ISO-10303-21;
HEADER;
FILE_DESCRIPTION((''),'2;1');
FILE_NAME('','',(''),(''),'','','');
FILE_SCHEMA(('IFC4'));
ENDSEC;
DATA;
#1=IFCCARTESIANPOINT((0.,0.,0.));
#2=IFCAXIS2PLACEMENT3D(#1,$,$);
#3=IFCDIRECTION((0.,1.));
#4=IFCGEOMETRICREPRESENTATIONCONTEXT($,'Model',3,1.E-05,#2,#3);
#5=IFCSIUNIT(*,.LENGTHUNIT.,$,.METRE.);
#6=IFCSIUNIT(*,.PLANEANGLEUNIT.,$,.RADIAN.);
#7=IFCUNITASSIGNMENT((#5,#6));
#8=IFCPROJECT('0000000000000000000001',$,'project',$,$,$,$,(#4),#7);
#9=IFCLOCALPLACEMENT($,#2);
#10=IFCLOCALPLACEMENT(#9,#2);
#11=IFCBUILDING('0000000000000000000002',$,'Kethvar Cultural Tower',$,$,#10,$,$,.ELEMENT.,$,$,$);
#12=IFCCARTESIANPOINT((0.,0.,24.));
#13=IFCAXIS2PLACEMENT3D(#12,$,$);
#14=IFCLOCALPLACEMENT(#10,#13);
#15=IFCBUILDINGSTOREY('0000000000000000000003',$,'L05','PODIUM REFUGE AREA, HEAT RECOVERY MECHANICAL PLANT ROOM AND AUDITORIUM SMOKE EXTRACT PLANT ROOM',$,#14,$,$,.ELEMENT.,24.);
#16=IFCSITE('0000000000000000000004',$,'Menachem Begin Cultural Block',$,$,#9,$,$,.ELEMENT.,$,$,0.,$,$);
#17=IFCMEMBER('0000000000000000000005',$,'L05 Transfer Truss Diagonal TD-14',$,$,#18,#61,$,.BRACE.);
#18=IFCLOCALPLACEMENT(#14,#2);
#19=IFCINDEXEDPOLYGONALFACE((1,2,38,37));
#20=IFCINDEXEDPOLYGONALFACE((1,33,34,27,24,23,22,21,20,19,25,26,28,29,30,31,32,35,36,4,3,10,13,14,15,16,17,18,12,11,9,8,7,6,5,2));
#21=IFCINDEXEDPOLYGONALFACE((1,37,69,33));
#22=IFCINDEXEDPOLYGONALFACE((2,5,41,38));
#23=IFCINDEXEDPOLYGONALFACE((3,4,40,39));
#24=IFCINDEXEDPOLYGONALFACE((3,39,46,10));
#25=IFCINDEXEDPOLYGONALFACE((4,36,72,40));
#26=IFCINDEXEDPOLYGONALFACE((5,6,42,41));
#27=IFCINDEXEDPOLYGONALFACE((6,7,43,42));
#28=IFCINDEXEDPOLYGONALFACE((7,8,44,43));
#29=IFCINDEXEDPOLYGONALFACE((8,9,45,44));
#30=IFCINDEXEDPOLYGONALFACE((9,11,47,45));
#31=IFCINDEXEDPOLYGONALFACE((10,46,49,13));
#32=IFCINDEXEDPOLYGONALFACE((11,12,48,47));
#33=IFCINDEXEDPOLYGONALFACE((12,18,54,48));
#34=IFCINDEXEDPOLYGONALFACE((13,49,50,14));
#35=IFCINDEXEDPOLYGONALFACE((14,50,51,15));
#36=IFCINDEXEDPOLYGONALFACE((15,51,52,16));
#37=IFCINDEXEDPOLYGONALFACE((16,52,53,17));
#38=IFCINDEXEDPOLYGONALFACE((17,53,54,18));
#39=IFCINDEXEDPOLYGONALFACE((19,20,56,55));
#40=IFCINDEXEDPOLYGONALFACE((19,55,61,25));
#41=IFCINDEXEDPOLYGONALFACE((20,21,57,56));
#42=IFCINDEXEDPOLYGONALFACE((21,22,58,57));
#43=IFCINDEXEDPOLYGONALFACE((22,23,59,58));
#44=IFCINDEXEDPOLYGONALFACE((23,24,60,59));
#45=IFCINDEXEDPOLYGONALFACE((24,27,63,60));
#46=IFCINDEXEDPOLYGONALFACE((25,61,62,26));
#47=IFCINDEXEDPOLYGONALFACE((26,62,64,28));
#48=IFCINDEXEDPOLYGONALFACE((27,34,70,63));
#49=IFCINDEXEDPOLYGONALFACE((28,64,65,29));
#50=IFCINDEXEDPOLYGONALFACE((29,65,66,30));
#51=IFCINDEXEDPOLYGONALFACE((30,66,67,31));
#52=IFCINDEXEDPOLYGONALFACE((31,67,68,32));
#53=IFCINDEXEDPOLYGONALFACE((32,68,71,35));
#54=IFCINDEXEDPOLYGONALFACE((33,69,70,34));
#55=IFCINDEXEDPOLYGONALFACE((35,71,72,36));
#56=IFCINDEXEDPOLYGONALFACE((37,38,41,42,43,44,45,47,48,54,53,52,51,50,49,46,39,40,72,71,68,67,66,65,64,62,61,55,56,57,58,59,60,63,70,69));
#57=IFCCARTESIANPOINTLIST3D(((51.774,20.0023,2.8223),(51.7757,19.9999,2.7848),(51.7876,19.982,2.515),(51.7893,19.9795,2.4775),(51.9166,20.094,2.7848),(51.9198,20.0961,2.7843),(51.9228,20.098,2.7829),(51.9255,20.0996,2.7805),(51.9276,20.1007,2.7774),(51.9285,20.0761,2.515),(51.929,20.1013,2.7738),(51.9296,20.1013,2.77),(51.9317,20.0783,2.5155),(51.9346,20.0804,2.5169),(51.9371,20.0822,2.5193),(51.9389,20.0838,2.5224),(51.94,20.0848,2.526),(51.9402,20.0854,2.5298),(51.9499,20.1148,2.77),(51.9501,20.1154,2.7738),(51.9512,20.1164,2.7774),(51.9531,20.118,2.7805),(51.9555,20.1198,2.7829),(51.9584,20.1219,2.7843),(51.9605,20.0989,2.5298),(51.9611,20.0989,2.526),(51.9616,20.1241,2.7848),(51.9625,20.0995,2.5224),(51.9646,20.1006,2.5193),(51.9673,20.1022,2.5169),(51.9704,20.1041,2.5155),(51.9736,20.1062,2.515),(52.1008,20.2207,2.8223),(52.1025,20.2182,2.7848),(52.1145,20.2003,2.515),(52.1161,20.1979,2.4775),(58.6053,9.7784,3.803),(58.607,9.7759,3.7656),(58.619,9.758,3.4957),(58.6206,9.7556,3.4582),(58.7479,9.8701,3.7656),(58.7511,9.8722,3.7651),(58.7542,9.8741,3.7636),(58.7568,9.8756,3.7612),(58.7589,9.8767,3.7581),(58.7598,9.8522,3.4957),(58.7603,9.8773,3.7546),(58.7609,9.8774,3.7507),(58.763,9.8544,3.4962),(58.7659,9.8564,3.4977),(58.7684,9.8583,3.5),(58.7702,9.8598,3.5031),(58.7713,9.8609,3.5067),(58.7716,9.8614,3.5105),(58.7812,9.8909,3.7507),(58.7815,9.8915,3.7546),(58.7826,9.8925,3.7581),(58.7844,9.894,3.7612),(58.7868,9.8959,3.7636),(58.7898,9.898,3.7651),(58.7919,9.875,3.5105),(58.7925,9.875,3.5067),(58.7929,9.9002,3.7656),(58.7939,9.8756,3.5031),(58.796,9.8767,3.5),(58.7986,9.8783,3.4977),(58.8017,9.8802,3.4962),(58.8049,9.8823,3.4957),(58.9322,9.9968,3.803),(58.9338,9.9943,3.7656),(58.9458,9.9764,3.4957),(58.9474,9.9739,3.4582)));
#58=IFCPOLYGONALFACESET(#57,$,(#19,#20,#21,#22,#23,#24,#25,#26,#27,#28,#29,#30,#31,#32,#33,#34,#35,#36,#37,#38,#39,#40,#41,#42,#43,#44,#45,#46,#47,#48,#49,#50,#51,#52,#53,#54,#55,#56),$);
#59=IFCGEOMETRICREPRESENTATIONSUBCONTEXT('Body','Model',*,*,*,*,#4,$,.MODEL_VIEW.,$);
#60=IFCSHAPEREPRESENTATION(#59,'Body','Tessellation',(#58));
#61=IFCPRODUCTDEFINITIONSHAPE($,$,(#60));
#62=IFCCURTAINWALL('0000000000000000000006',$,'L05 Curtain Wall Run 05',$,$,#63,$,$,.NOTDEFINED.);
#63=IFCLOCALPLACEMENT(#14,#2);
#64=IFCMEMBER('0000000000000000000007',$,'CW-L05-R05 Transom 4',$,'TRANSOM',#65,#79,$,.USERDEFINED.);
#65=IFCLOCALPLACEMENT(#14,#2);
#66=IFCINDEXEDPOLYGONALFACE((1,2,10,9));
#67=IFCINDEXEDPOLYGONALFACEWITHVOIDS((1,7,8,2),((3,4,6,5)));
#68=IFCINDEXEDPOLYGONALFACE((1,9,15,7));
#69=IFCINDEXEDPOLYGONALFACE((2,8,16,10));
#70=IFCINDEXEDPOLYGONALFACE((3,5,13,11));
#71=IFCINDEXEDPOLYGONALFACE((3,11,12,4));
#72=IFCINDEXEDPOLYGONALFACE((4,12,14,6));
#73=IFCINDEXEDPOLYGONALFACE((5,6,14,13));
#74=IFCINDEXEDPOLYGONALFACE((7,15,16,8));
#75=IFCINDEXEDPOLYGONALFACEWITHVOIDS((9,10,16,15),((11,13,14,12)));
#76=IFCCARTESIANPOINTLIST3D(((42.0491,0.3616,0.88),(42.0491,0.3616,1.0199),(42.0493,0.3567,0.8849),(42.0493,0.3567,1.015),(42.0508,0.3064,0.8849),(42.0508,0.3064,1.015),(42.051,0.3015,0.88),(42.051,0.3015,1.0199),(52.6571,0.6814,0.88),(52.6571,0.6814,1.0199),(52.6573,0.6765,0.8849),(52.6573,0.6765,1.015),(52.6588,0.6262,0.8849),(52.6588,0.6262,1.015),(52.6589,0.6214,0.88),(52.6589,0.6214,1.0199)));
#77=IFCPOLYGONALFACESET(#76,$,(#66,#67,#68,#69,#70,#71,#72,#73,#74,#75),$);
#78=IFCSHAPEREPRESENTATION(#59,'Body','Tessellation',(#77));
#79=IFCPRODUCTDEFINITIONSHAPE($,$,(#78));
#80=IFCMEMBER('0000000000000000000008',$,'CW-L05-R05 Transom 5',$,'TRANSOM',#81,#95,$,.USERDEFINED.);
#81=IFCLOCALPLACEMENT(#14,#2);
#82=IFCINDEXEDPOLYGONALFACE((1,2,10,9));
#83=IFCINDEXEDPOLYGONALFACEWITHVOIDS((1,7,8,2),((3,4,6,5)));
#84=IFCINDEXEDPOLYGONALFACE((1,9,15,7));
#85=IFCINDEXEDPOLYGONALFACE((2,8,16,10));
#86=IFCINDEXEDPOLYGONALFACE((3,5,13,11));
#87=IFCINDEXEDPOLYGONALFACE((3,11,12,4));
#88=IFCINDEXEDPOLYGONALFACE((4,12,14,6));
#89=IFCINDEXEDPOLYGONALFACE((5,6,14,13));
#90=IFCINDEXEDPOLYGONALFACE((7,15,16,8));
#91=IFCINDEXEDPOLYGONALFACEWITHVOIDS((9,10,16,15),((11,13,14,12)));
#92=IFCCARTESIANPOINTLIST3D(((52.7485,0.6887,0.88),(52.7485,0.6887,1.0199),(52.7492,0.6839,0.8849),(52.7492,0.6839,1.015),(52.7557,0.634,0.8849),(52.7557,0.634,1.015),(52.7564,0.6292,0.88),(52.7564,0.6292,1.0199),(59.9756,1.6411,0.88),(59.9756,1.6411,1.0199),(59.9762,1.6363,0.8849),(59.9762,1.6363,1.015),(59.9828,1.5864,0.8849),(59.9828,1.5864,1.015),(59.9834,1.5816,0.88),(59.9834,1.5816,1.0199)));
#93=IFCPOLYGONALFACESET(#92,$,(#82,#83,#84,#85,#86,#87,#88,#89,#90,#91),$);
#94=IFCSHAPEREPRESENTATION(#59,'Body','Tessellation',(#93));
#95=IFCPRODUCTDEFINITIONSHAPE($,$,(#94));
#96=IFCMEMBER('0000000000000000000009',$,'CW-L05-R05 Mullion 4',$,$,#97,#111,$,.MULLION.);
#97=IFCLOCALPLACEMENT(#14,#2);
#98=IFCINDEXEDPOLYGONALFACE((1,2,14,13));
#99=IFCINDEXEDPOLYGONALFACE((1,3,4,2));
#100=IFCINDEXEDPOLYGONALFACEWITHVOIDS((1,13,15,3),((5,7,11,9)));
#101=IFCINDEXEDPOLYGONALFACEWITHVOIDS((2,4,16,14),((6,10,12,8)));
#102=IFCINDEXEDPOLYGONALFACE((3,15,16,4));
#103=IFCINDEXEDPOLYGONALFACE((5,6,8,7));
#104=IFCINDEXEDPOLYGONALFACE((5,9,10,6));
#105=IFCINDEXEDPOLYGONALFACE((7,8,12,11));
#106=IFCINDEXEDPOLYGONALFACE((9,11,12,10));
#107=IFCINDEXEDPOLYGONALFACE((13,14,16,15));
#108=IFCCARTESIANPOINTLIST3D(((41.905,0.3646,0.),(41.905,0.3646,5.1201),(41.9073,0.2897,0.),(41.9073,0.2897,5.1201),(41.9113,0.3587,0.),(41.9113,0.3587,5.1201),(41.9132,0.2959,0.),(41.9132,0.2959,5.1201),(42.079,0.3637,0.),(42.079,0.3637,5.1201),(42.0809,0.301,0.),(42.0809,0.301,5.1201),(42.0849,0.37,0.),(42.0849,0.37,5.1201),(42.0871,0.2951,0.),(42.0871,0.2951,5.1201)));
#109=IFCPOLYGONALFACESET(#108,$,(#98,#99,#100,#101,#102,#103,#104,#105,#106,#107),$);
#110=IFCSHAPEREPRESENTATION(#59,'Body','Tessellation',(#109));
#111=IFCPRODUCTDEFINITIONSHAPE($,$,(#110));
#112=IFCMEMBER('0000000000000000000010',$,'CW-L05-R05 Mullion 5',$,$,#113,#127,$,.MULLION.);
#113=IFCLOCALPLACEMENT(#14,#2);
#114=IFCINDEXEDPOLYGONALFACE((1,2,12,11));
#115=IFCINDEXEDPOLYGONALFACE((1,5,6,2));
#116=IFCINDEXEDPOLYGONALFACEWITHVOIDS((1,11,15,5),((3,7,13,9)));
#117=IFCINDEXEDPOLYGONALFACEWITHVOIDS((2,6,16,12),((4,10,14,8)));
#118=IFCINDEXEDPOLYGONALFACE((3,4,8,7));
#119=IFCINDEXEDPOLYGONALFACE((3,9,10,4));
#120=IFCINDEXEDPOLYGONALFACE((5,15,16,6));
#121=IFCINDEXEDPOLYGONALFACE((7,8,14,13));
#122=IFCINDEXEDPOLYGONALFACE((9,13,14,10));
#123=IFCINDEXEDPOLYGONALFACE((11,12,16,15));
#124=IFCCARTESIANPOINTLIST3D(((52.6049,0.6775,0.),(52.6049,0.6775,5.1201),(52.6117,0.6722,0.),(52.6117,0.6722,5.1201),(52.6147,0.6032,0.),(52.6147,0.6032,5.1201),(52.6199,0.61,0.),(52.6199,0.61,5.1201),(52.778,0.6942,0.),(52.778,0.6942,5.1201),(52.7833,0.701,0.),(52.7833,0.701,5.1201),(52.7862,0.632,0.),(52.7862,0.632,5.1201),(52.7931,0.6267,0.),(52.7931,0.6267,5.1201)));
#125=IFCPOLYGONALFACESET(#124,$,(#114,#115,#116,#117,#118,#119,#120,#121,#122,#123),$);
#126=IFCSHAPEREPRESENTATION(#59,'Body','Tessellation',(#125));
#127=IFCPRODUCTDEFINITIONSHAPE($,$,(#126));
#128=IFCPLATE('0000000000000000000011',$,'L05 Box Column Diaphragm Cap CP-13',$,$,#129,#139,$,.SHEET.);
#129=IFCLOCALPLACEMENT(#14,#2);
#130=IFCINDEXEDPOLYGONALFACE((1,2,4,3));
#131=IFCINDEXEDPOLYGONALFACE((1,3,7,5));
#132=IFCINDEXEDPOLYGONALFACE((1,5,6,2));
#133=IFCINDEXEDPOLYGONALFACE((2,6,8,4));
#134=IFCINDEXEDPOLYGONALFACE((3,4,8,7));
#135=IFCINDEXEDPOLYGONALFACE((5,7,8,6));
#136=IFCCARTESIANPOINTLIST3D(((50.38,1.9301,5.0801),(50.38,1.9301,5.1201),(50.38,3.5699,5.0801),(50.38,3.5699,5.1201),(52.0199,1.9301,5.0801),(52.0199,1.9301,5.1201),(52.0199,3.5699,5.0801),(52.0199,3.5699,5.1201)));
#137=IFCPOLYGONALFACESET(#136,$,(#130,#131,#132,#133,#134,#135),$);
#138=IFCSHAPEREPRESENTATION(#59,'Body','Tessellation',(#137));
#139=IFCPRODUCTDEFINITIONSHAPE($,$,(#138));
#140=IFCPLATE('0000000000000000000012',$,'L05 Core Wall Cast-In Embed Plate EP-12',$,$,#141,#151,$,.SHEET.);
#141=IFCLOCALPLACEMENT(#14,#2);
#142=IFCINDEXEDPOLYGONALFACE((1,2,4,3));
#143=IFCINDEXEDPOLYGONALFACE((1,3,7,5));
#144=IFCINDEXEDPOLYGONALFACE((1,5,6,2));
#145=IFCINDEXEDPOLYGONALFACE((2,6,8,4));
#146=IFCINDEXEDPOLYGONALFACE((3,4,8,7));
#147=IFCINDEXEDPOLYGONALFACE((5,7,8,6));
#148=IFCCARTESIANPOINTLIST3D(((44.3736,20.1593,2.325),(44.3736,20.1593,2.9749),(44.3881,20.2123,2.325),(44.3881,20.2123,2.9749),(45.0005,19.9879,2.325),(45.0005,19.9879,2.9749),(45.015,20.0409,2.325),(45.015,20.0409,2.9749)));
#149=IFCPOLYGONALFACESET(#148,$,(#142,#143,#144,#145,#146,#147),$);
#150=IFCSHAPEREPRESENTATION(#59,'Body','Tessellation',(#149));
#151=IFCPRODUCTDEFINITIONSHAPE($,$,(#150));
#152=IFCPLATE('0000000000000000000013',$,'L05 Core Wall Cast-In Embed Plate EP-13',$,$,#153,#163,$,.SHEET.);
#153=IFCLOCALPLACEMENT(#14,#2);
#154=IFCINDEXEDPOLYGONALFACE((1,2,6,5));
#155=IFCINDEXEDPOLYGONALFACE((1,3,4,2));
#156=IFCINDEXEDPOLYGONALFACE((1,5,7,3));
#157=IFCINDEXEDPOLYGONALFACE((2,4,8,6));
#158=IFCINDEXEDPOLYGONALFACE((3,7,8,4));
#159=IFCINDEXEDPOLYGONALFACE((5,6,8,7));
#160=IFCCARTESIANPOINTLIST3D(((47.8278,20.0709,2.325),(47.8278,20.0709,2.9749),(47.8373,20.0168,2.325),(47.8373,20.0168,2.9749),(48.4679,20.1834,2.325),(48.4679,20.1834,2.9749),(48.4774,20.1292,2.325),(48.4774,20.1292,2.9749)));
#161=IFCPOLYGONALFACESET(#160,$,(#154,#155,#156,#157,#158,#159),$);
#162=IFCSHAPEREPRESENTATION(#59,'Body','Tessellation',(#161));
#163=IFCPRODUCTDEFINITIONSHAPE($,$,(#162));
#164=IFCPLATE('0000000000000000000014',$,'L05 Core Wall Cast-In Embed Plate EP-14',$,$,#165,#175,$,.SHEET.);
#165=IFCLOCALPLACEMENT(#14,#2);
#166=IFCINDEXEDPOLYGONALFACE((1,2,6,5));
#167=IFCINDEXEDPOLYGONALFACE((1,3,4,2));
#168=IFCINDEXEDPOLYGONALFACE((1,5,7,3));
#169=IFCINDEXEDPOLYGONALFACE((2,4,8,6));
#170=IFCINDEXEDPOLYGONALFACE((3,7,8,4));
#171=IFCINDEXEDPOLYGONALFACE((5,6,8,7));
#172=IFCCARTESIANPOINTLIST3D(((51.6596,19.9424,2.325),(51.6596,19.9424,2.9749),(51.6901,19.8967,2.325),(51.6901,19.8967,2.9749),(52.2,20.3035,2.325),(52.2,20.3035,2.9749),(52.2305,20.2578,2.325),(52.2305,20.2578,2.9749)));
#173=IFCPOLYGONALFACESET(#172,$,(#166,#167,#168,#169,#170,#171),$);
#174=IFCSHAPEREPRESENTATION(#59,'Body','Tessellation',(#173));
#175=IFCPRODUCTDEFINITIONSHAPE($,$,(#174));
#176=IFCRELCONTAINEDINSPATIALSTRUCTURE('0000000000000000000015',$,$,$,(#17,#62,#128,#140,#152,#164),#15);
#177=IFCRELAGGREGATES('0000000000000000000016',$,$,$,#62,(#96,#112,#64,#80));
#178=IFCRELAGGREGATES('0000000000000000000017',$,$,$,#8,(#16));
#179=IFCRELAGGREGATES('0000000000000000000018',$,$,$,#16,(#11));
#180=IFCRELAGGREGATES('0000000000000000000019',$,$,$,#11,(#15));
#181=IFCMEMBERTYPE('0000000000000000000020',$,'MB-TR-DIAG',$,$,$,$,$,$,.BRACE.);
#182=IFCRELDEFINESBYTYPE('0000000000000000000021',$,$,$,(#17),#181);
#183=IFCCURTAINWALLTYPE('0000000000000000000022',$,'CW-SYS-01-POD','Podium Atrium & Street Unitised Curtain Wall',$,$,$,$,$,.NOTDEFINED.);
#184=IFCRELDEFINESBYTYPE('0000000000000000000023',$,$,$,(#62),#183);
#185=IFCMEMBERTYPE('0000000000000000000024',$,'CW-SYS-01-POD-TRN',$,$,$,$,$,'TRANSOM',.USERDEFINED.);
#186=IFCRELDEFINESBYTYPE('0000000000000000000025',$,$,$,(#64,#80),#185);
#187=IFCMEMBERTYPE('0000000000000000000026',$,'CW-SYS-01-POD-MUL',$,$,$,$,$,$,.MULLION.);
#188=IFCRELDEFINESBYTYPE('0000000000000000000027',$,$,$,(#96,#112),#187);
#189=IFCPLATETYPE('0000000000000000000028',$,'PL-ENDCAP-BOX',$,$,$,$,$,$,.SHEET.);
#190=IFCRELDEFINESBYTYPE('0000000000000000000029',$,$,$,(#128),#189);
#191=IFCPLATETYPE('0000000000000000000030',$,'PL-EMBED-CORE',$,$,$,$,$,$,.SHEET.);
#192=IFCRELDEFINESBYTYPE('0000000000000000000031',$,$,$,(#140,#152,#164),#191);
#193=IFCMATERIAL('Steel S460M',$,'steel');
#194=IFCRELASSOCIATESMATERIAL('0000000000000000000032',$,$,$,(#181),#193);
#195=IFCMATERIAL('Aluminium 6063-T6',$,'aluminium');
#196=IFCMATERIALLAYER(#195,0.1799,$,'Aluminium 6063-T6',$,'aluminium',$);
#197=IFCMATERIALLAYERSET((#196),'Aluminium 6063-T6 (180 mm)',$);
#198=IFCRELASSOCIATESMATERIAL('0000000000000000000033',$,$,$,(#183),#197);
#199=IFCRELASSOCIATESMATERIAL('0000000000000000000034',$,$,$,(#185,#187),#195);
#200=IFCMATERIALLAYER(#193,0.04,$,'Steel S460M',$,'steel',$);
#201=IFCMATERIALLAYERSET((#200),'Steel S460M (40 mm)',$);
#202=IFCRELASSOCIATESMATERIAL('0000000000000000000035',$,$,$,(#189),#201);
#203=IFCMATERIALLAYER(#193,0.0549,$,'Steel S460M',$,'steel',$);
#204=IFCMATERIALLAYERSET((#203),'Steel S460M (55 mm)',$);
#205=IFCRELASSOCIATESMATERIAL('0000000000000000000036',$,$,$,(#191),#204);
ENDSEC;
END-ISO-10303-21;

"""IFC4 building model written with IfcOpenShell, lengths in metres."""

from ifc_helpers import new_model, si_unit, direction, frame, origin, origin_2d, place, context, subcontext, project, spatial, rectangle, hollow_rectangle, i_section, extrude, source, transform, mapped, material, layer, layer_set, material_profile, profile_set, type_object, element, aggregate, save


model = new_model("IFC4")

# Units and contexts
model_context = context("Model", 3, precision=1e-05, world=origin(), true_north=direction((0.0, 1.0)))
body_context = subcontext(model_context, "Body", "Model", "MODEL_VIEW")
ifc_project = project(units=[si_unit("LENGTHUNIT", "METRE"), si_unit("PLANEANGLEUNIT", "RADIAN")], contexts=[model_context])

# Site, building, storey
site_placement = place(None, origin())
site = spatial("IfcSite", under=ifc_project, at=site_placement, Name="Menachem Begin Cultural Block", CompositionType="ELEMENT", RefElevation=0.0)
building_placement = place(site_placement, origin())
building = spatial("IfcBuilding", under=site, at=building_placement, Name="Kethvar Cultural Tower", CompositionType="ELEMENT")
storey_placement = place(building_placement, frame((0.0, 0.0, 24.0)))
storey = spatial("IfcBuildingStorey", under=building, at=storey_placement, Name="L05", Description="PODIUM REFUGE AREA, HEAT RECOVERY MECHANICAL PLANT ROOM AND AUDITORIUM SMOKE EXTRACT PLANT ROOM", CompositionType="ELEMENT", Elevation=24.0)

# Shared definitions
ifc_material_1 = material(Name="Steel S460M", Category="steel")

# Shared definitions
ifc_material_profile_1 = material_profile(ifc_material_1, i_section(OverallWidth=0.3931, OverallDepth=0.3459, WebThickness=0.0244, FlangeThickness=0.0376, FilletRadius=0.0149, at=origin_2d()), Name="Steel S460M — HD400x509")
ifc_profile_set_1 = profile_set([ifc_material_profile_1], Name="Steel S460M — HD400x509")
member_type_1 = type_object("IfcMemberType", Name="MB-TR-DIAG", PredefinedType="BRACE", material=ifc_profile_set_1)

# Member
shared_shape_1 = source(origin(), body_context, "Body", "SweptSolid", [
    extrude(i_section(OverallWidth=0.3931, OverallDepth=0.3459, WebThickness=0.0244, FlangeThickness=0.0376, FilletRadius=0.0149, at=origin_2d()), origin(), (0.0, 0.0, 1.0), 12.3352),
])
member_1_placement = place(storey_placement, frame((51.9451, 20.1001, 2.6499), z_axis=(0.553807, -0.82884, 0.079506), x_axis=(0.831473, 0.555566, 0.0)))
element("IfcMember", 1, at=member_1_placement, inside=storey, type_object=member_type_1, Name="L05 Transfer Truss Diagonal TD-14", PredefinedType="BRACE", context=body_context, shape_type="MappedRepresentation", body=[
    mapped(shared_shape_1, transform((0.0, 0.0, 0.0), scale=1.0)),
])

# Curtain wall, members
ifc_material_2 = material(Name="Aluminium 6063-T6", Category="aluminium")
ifc_layer_1 = layer(ifc_material_2, 0.1799, Name="Aluminium 6063-T6", Category="aluminium")
ifc_layer_set_1 = layer_set([ifc_layer_1], Name="Aluminium 6063-T6 (180 mm)")
curtain_wall_type = type_object("IfcCurtainWallType", Name="CW-SYS-01-POD", Description="Podium Atrium & Street Unitised Curtain Wall", PredefinedType="NOTDEFINED", material=ifc_layer_set_1)
curtain_wall_placement = place(storey_placement, origin())
curtain_wall = element("IfcCurtainWall", 2, at=curtain_wall_placement, inside=storey, type_object=curtain_wall_type, Name="L05 Curtain Wall Run 05", PredefinedType="NOTDEFINED")
ifc_material_profile_2 = material_profile(ifc_material_2, hollow_rectangle(XDim=0.0601, YDim=0.1399, WallThickness=0.0049, at=origin_2d()), Name="Aluminium 6063-T6 — RHS140x60x5")
ifc_profile_set_2 = profile_set([ifc_material_profile_2], Name="Aluminium 6063-T6 — RHS140x60x5")
member_type_2 = type_object("IfcMemberType", Name="CW-SYS-01-POD-TRN", ElementType="TRANSOM", PredefinedType="USERDEFINED", material=ifc_profile_set_2)
shared_shape_2 = source(origin(), body_context, "Body", "SweptSolid", [
    extrude(hollow_rectangle(XDim=0.0601, YDim=0.1399, WallThickness=0.0049, at=origin_2d()), origin(), (0.0, 0.0, 1.0), 10.6128),
])
member_2_placement = place(storey_placement, frame((42.05, 0.3315, 0.95), z_axis=(0.999546, 0.030136, 0.0), x_axis=(-0.030136, 0.999546, 0.0)))
member_2 = element("IfcMember", 3, at=member_2_placement, type_object=member_type_2, Name="CW-L05-R05 Transom 4", ObjectType="TRANSOM", PredefinedType="USERDEFINED", context=body_context, shape_type="MappedRepresentation", body=[
    mapped(shared_shape_2, transform((0.0, 0.0, 0.0), scale=1.0)),
])
shared_shape_3 = source(origin(), body_context, "Body", "SweptSolid", [
    extrude(hollow_rectangle(XDim=0.0601, YDim=0.1399, WallThickness=0.0049, at=origin_2d()), origin(), (0.0, 0.0, 1.0), 7.2896),
])
member_3_placement = place(storey_placement, frame((52.7524, 0.6589, 0.95), z_axis=(0.991428, 0.130652, 0.0), x_axis=(-0.130652, 0.991428, 0.0)))
member_3 = element("IfcMember", 4, at=member_3_placement, type_object=member_type_2, Name="CW-L05-R05 Transom 5", ObjectType="TRANSOM", PredefinedType="USERDEFINED", context=body_context, shape_type="MappedRepresentation", body=[
    mapped(shared_shape_3, transform((0.0, 0.0, 0.0), scale=1.0)),
])
ifc_material_profile_3 = material_profile(ifc_material_2, hollow_rectangle(XDim=0.075, YDim=0.1799, WallThickness=0.0061, at=origin_2d()), Name="Aluminium 6063-T6 — RHS180x75x6")
ifc_profile_set_3 = profile_set([ifc_material_profile_3], Name="Aluminium 6063-T6 — RHS180x75x6")
member_type_3 = type_object("IfcMemberType", Name="CW-SYS-01-POD-MUL", PredefinedType="MULLION", material=ifc_profile_set_3)
shared_shape_4 = source(origin(), body_context, "Body", "SweptSolid", [
    extrude(hollow_rectangle(XDim=0.075, YDim=0.1799, WallThickness=0.0061, at=origin_2d()), origin(), (0.0, 0.0, 1.0), 5.1201),
])
member_4_placement = place(storey_placement, frame((41.9961, 0.3298, 0.0), z_axis=(0.0, 0.0, 1.0), x_axis=(-0.030137, 0.999546, 0.0)))
member_4 = element("IfcMember", 5, at=member_4_placement, type_object=member_type_3, Name="CW-L05-R05 Mullion 4", PredefinedType="MULLION", context=body_context, shape_type="MappedRepresentation", body=[
    mapped(shared_shape_4, transform((0.0, 0.0, 0.0), scale=1.0)),
])
member_5_placement = place(storey_placement, frame((52.699, 0.6521, 0.0), z_axis=(0.0, 0.0, 1.0), x_axis=(-0.130647, 0.991429, 0.0)))
member_5 = element("IfcMember", 6, at=member_5_placement, type_object=member_type_3, Name="CW-L05-R05 Mullion 5", PredefinedType="MULLION", context=body_context, shape_type="MappedRepresentation", body=[
    mapped(shared_shape_4, transform((0.0, 0.0, 0.0), scale=1.0)),
])

# Plates
ifc_layer_2 = layer(ifc_material_1, 0.04, Name="Steel S460M", Category="steel")
ifc_layer_set_2 = layer_set([ifc_layer_2], Name="Steel S460M (40 mm)")
plate_type_1 = type_object("IfcPlateType", Name="PL-ENDCAP-BOX", PredefinedType="SHEET", material=ifc_layer_set_2)
shared_shape_5 = source(origin(), body_context, "Body", "SweptSolid", [
    extrude(rectangle(XDim=1.6399, YDim=1.6399, at=origin_2d()), origin(), (0.0, 0.0, 1.0), 0.04),
])
plate_1_placement = place(storey_placement, frame((51.2, 2.75, 5.0801), z_axis=(0.0, 0.0, 1.0), x_axis=(1.0, 0.0, 0.0)))
element("IfcPlate", 7, at=plate_1_placement, inside=storey, type_object=plate_type_1, Name="L05 Box Column Diaphragm Cap CP-13", PredefinedType="SHEET", context=body_context, shape_type="MappedRepresentation", body=[
    mapped(shared_shape_5, transform((0.0, 0.0, 0.0), scale=1.0)),
])
ifc_layer_3 = layer(ifc_material_1, 0.0549, Name="Steel S460M", Category="steel")
ifc_layer_set_3 = layer_set([ifc_layer_3], Name="Steel S460M (55 mm)")
plate_type_2 = type_object("IfcPlateType", Name="PL-EMBED-CORE", PredefinedType="SHEET", material=ifc_layer_set_3)
shared_shape_6 = source(origin(), body_context, "Body", "SweptSolid", [
    extrude(rectangle(XDim=0.0549, YDim=0.6499, at=origin_2d()), origin(), (0.0, 0.0, 1.0), 0.6499),
])
for number, where, z_axis, x_axis, name in (
    (8, (44.6943, 20.1001, 2.325), (0.0, 0.0, 1.0), (-0.263705, -0.964603, 0.0), "L05 Core Wall Cast-In Embed Plate EP-12"),
    (9, (48.1526, 20.1001, 2.325), (0.0, 0.0, 1.0), (0.172961, -0.984929, 0.0), "L05 Core Wall Cast-In Embed Plate EP-13"),
    (10, (51.9451, 20.1001, 2.325), (0.0, 0.0, 1.0), (0.55557, -0.83147, 0.0), "L05 Core Wall Cast-In Embed Plate EP-14"),
):
    element("IfcPlate", number, at=place(storey_placement, frame(where, z_axis=z_axis, x_axis=x_axis)), inside=storey, type_object=plate_type_2, Name=name, PredefinedType="SHEET", context=body_context, shape_type="MappedRepresentation", body=[
        mapped(shared_shape_6, transform((0.0, 0.0, 0.0), scale=1.0)),
    ])

aggregate(curtain_wall, [member_4, member_5, member_2, member_3])

save(model, "model.ifc")
